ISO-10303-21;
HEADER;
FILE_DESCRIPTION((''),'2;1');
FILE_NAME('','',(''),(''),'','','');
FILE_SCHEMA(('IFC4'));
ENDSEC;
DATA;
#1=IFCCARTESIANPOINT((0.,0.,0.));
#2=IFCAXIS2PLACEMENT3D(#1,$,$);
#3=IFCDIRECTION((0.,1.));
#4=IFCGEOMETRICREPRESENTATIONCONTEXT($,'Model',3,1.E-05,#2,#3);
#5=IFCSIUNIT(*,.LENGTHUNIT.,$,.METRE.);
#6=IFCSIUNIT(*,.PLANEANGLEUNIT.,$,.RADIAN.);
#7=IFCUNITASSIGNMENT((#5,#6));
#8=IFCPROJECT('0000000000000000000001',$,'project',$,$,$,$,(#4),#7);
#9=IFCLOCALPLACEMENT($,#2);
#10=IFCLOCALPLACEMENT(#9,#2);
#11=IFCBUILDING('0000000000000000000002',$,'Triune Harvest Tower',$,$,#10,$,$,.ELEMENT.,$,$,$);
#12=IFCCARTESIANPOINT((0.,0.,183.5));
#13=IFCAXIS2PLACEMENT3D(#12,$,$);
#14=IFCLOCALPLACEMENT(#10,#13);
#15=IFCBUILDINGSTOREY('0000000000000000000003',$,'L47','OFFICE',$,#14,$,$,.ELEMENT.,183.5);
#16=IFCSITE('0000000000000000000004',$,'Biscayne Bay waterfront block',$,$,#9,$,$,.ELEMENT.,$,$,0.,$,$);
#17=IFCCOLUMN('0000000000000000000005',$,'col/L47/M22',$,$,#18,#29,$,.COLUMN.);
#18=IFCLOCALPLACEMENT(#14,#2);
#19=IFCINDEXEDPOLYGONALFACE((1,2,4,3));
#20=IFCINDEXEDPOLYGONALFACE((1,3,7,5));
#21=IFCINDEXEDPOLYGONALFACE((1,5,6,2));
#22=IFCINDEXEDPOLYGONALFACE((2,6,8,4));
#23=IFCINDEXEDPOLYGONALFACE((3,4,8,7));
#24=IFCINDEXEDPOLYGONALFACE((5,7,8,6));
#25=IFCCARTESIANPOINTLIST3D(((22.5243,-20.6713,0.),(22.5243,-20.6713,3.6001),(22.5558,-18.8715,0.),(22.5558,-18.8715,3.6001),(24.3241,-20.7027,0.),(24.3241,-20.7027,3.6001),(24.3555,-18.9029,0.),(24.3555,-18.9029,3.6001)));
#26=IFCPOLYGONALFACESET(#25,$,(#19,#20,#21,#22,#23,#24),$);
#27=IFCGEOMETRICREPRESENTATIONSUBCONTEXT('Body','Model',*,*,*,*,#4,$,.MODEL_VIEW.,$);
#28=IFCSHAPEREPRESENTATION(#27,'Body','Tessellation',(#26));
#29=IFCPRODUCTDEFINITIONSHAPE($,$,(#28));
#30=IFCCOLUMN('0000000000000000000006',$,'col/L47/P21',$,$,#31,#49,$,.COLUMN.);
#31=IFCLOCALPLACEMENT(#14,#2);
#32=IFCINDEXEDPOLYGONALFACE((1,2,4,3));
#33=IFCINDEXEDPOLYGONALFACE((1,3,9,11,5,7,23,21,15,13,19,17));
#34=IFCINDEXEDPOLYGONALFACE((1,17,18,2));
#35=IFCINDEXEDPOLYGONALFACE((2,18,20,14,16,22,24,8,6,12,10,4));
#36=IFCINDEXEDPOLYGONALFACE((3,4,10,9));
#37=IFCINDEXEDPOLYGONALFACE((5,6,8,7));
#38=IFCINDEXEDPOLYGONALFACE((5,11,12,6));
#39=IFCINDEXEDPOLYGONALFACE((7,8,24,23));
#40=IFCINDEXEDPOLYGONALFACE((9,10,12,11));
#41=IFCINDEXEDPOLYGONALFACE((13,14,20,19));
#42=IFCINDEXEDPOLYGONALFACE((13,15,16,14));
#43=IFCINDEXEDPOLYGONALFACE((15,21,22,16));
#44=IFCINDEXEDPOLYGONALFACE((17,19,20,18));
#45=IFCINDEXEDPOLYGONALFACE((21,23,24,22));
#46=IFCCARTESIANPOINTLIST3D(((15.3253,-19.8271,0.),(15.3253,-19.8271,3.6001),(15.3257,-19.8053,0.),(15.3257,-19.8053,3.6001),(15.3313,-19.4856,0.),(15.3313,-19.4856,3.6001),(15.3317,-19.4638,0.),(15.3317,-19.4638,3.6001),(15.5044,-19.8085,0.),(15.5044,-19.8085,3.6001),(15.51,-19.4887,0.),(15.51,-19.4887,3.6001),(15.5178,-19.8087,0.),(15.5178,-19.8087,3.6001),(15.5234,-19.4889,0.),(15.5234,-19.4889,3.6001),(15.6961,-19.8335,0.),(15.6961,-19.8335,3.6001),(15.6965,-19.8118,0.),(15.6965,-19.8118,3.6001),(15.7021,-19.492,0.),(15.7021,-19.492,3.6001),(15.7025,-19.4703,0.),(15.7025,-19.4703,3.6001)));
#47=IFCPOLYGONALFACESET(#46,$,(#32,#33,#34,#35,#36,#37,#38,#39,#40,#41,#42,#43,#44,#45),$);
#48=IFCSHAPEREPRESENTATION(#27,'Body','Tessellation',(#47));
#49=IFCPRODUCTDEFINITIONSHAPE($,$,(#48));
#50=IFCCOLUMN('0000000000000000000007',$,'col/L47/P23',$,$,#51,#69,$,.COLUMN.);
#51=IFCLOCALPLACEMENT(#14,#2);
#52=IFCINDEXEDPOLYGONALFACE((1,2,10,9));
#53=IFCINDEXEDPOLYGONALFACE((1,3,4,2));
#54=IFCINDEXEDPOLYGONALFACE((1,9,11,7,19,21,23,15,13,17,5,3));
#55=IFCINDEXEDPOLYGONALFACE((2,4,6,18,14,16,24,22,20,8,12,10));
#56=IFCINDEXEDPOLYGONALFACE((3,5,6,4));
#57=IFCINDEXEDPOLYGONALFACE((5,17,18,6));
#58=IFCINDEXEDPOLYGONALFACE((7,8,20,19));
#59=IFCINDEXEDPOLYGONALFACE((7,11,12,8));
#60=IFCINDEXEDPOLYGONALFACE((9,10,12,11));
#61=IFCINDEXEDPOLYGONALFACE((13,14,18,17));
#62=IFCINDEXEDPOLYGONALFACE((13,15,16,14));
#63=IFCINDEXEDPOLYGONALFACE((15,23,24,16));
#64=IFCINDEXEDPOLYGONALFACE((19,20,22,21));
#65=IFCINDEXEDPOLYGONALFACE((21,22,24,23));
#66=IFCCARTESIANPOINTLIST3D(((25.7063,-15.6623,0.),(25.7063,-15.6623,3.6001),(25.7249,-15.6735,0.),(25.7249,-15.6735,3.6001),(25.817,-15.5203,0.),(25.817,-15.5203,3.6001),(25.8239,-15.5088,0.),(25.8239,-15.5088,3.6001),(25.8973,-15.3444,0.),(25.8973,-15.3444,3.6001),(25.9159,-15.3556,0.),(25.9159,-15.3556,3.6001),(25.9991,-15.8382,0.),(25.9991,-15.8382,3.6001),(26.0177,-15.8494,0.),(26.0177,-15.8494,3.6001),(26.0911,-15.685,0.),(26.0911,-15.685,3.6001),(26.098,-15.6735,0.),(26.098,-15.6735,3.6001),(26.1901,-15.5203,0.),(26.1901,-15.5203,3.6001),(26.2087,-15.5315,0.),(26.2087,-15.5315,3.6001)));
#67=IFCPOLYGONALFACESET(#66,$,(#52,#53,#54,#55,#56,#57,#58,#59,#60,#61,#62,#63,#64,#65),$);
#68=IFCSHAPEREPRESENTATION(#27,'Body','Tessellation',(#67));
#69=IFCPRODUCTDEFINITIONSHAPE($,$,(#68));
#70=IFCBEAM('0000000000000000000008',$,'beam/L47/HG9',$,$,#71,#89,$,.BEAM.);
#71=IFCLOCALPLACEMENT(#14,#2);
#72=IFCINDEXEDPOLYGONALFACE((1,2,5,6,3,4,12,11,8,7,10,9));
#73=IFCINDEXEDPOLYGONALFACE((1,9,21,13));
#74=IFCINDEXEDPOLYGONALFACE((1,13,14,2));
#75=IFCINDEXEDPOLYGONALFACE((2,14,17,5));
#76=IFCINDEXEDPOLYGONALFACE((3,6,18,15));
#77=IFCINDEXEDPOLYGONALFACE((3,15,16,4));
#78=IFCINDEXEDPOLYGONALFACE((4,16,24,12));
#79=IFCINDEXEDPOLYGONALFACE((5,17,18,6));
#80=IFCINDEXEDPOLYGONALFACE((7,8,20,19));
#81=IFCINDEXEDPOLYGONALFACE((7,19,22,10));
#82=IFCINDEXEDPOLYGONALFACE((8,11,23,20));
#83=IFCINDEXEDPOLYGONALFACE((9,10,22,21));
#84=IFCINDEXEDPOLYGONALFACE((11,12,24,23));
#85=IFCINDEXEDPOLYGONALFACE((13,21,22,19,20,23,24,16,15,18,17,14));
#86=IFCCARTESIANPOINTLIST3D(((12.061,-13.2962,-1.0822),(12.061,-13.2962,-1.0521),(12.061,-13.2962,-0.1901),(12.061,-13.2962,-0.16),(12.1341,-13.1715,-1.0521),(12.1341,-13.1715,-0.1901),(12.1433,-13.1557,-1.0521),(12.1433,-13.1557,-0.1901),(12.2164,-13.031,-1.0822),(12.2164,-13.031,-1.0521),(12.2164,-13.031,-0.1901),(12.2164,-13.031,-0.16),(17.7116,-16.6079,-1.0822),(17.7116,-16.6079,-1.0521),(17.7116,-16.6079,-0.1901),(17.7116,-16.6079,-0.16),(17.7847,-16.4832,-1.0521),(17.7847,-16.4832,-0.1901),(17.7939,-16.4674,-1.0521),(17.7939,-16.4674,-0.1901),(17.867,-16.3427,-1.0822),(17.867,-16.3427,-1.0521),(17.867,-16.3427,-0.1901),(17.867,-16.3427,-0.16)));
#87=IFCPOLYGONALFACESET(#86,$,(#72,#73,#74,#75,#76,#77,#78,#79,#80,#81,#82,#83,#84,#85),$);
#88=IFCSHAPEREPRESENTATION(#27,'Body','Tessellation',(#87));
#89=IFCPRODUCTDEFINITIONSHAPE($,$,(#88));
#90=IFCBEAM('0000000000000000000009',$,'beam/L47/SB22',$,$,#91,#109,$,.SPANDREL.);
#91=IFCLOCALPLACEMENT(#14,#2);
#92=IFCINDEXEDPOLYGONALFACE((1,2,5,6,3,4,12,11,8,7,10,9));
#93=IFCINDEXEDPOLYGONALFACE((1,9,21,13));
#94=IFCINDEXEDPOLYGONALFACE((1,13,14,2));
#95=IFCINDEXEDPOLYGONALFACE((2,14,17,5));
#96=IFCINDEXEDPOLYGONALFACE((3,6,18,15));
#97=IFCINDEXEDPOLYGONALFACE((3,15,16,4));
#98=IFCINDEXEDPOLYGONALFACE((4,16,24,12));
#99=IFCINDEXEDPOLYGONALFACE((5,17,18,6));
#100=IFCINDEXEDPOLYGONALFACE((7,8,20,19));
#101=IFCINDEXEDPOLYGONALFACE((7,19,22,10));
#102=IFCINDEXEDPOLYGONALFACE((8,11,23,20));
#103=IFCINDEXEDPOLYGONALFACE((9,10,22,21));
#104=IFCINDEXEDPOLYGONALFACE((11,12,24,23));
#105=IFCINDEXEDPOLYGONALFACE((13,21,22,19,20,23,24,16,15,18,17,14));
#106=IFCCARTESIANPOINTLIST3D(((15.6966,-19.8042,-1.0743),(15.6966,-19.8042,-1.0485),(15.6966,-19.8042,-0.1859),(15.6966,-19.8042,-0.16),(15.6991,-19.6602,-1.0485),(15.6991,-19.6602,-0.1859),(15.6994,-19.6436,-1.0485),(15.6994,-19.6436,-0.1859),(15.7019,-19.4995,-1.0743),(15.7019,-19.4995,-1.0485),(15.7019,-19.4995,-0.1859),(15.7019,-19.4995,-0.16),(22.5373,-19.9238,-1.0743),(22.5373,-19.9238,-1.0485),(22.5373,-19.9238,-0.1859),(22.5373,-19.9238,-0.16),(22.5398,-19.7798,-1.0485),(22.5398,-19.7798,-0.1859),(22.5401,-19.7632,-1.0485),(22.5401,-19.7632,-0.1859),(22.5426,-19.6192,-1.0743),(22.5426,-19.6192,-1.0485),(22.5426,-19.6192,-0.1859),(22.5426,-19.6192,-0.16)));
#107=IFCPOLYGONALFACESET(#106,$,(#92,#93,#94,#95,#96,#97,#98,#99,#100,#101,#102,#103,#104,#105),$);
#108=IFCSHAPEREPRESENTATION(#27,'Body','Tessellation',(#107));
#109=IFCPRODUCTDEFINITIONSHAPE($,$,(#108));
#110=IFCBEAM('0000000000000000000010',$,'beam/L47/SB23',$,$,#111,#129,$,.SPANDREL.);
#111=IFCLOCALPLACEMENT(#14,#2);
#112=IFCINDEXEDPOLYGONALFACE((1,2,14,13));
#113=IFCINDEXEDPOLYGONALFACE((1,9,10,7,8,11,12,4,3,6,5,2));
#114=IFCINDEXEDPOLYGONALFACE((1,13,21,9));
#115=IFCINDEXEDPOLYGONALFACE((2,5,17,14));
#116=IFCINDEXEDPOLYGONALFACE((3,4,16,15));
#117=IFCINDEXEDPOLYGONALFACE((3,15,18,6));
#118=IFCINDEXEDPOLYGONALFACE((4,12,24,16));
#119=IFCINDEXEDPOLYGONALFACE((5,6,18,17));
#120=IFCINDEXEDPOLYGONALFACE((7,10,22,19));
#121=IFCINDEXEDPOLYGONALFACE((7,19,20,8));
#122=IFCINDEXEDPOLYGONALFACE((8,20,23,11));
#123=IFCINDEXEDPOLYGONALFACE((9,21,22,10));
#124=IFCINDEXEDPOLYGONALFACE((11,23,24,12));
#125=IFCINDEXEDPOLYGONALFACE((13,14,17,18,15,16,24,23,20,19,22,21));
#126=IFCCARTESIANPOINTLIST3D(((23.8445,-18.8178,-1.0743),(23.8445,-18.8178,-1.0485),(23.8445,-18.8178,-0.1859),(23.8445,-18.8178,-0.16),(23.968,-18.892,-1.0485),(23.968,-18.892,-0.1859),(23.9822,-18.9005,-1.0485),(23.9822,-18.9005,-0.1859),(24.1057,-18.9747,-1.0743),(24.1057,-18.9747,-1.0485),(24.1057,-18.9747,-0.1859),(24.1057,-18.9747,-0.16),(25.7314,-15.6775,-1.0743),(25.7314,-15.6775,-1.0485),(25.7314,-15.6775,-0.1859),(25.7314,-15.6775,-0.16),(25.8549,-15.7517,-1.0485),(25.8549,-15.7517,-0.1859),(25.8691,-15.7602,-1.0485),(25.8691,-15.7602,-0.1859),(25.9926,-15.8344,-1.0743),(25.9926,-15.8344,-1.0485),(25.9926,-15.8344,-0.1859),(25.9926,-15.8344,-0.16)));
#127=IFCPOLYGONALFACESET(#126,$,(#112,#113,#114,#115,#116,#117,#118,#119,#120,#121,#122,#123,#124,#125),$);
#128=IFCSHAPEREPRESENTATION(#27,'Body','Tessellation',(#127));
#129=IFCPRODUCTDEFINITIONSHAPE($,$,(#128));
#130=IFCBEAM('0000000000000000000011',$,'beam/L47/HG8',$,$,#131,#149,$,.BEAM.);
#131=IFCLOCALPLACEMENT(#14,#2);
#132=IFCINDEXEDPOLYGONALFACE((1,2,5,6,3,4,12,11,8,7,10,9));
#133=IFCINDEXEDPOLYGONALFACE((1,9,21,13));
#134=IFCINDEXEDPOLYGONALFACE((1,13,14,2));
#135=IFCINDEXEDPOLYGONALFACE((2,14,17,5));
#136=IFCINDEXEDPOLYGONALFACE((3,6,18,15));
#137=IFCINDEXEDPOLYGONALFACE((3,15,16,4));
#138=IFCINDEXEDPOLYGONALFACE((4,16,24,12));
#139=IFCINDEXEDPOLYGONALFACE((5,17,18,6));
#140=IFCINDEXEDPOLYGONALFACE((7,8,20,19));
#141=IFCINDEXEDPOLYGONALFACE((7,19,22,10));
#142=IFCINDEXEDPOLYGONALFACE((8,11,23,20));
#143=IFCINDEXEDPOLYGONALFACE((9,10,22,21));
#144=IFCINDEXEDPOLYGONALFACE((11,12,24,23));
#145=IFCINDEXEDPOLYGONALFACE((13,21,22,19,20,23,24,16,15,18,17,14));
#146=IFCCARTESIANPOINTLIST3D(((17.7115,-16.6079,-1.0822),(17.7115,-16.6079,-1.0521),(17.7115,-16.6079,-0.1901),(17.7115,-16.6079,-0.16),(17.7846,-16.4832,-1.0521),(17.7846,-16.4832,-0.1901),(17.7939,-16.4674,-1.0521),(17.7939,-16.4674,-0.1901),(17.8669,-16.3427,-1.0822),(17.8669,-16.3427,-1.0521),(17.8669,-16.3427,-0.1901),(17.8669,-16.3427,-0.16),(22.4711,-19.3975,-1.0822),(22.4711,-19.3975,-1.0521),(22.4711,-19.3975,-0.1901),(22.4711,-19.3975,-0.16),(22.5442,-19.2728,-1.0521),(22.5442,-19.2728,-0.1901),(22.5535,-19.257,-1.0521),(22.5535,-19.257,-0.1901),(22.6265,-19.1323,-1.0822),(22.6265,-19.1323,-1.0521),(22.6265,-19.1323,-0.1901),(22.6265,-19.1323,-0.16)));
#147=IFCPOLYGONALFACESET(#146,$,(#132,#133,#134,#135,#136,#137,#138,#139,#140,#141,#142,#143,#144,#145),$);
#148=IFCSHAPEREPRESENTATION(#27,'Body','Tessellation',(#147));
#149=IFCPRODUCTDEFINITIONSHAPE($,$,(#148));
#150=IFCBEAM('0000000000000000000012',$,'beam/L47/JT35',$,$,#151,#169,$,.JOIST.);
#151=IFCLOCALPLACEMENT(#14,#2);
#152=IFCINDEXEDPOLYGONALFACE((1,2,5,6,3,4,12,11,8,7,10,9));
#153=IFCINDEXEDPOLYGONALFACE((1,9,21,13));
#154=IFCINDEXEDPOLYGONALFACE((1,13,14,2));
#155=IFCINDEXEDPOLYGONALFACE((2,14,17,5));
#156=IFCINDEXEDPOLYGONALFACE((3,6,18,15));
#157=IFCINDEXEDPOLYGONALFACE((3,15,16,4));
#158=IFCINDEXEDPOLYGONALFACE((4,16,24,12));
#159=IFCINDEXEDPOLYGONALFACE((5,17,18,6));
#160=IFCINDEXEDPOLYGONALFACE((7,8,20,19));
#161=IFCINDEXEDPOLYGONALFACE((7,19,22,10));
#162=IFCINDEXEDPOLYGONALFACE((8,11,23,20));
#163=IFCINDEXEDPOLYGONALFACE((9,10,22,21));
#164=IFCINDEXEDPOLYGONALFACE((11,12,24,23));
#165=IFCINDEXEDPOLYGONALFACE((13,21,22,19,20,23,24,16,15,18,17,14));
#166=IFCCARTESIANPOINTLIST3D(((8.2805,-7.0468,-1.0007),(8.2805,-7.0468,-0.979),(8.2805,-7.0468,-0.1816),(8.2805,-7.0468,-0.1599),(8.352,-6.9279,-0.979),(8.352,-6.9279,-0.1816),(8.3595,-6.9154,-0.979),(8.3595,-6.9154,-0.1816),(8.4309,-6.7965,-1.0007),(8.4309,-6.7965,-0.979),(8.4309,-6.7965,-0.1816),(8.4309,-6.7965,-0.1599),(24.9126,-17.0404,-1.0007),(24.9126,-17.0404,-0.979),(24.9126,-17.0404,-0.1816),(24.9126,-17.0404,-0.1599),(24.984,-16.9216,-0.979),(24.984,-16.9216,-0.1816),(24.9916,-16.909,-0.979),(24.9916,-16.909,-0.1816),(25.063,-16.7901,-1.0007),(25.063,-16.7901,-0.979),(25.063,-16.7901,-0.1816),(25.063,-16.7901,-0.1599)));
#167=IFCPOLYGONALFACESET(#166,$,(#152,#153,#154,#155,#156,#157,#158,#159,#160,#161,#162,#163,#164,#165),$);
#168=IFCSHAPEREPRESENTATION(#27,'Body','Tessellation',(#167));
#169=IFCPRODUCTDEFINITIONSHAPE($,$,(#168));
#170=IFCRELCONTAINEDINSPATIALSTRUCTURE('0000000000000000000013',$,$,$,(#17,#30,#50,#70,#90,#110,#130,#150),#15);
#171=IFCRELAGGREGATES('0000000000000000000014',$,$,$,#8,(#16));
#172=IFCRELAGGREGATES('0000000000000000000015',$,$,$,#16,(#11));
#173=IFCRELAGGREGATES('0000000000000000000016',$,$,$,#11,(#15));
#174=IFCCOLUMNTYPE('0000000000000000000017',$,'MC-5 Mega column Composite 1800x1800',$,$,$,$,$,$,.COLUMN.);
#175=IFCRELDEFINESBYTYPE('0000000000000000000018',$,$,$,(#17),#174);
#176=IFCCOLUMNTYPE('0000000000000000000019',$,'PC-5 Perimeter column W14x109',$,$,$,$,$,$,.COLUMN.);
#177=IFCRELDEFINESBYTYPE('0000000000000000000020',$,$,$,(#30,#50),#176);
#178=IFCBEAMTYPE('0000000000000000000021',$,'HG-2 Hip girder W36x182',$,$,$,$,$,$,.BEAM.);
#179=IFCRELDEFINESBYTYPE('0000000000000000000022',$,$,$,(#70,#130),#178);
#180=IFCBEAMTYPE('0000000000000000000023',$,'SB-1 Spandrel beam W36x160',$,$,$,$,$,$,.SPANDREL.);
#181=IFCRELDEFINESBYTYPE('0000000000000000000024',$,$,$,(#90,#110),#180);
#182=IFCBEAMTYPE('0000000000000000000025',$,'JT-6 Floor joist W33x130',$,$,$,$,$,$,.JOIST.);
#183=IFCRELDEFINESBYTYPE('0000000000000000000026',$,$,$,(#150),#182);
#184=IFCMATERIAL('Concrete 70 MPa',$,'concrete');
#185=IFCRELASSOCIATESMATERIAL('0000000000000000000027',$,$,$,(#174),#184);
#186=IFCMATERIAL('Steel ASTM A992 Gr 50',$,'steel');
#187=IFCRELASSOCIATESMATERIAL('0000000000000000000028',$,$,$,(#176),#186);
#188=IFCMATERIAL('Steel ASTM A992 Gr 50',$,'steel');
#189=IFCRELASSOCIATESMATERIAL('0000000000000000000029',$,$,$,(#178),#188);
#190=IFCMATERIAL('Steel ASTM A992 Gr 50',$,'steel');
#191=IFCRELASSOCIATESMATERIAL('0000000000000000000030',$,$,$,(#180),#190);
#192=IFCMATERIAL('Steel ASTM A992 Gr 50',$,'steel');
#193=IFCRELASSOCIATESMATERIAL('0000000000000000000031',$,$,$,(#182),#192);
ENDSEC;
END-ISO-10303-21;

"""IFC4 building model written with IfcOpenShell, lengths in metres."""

from ifc_helpers import new_model, si_unit, direction, frame, origin, origin_2d, place, context, subcontext, project, spatial, rectangle, i_section, extrude, source, transform, mapped, material, material_profile, profile_set, type_object, element, save


model = new_model("IFC4")

# Units and contexts
model_context = context("Model", 3, precision=1e-05, world=origin(), true_north=direction((0.0, 1.0)))
body_context = subcontext(model_context, "Body", "Model", "MODEL_VIEW")
ifc_project = project(units=[si_unit("LENGTHUNIT", "METRE"), si_unit("PLANEANGLEUNIT", "RADIAN")], contexts=[model_context])

# Site, building, storey
site_placement = place(None, origin())
site = spatial("IfcSite", under=ifc_project, at=site_placement, Name="Biscayne Bay waterfront block", CompositionType="ELEMENT", RefElevation=0.0)
building_placement = place(site_placement, origin())
building = spatial("IfcBuilding", under=site, at=building_placement, Name="Triune Harvest Tower", CompositionType="ELEMENT")
storey_placement = place(building_placement, frame((0.0, 0.0, 183.5)))
storey = spatial("IfcBuildingStorey", under=building, at=storey_placement, Name="L47", Description="OFFICE", CompositionType="ELEMENT", Elevation=183.5)

# Columns
ifc_material_1 = material(Name="Concrete 70 MPa", Category="concrete")
ifc_material_profile_1 = material_profile(ifc_material_1, rectangle(XDim=1.8, YDim=1.8, at=origin_2d()), Name="Composite 1800x1800")
ifc_profile_set_1 = profile_set([ifc_material_profile_1], Name="Concrete 70 MPa")
column_type_1 = type_object("IfcColumnType", Name="MC-5 Mega column Composite 1800x1800", PredefinedType="COLUMN", material=ifc_profile_set_1)
shared_shape_1 = source(origin(), body_context, "Body", "SweptSolid", [
    extrude(rectangle(XDim=1.8, YDim=1.8, at=origin_2d()), origin(), (0.0, 0.0, 1.0), 3.6001),
])
column_placement = place(storey_placement, frame((23.4399, -19.7871, 0.0), z_axis=(0.0, 0.0, 1.0), x_axis=(0.999848, -0.017452, 0.0)))
element("IfcColumn", 1, at=column_placement, inside=storey, type_object=column_type_1, Name="col/L47/M22", PredefinedType="COLUMN", context=body_context, shape_type="MappedRepresentation", body=[
    mapped(shared_shape_1, transform((0.0, 0.0, 0.0), scale=1.0)),
])
ifc_material_2 = material(Name="Steel ASTM A992 Gr 50", Category="steel")
ifc_material_profile_2 = material_profile(ifc_material_2, i_section(OverallWidth=0.3708, OverallDepth=0.3633, WebThickness=0.0134, FlangeThickness=0.0217, at=origin_2d()), Name="W14x109")
ifc_profile_set_2 = profile_set([ifc_material_profile_2], Name="Steel ASTM A992 Gr 50")
column_type_2 = type_object("IfcColumnType", Name="PC-5 Perimeter column W14x109", PredefinedType="COLUMN", material=ifc_profile_set_2)
shared_shape_2 = source(origin(), body_context, "Body", "SweptSolid", [
    extrude(i_section(OverallWidth=0.3708, OverallDepth=0.3633, WebThickness=0.0134, FlangeThickness=0.0217, at=origin_2d()), origin(), (0.0, 0.0, 1.0), 3.6001),
])
for number, where, z_axis, x_axis, name in (
    (2, (15.5139, -19.6487, 0.0), (0.0, 0.0, 1.0), (0.999848, -0.017452, 0.0), "col/L47/P21"),
    (3, (25.9575, -15.5969, 0.0), (0.0, 0.0, 1.0), (0.51504, 0.857166, 0.0), "col/L47/P23"),
):
    element("IfcColumn", number, at=place(storey_placement, frame(where, z_axis=z_axis, x_axis=x_axis)), inside=storey, type_object=column_type_2, Name=name, PredefinedType="COLUMN", context=body_context, shape_type="MappedRepresentation", body=[
        mapped(shared_shape_2, transform((0.0, 0.0, 0.0), scale=1.0)),
    ])

# Beams
ifc_material_3 = material(Name="Steel ASTM A992 Gr 50", Category="steel")
ifc_material_profile_3 = material_profile(ifc_material_3, i_section(OverallWidth=0.3074, OverallDepth=0.9221, WebThickness=0.0183, FlangeThickness=0.03, at=origin_2d()), Name="W36x182")
ifc_profile_set_3 = profile_set([ifc_material_profile_3], Name="Steel ASTM A992 Gr 50")
beam_type_1 = type_object("IfcBeamType", Name="HG-2 Hip girder W36x182", PredefinedType="BEAM", material=ifc_profile_set_3)
shared_shape_3 = source(origin(), body_context, "Body", "SweptSolid", [
    extrude(i_section(OverallWidth=0.3074, OverallDepth=0.9221, WebThickness=0.0183, FlangeThickness=0.03, at=origin_2d()), origin(), (0.0, 0.0, 1.0), 6.5496),
])
beam_1_placement = place(storey_placement, frame((17.7893, -16.4753, -0.6211), z_axis=(-0.862743, 0.505643, 0.0), x_axis=(-0.505643, -0.862743, 0.0)))
element("IfcBeam", 4, at=beam_1_placement, inside=storey, type_object=beam_type_1, Name="beam/L47/HG9", PredefinedType="BEAM", context=body_context, shape_type="MappedRepresentation", body=[
    mapped(shared_shape_3, transform((0.0, 0.0, 0.0), scale=1.0)),
])
ifc_material_4 = material(Name="Steel ASTM A992 Gr 50", Category="steel")
ifc_material_profile_4 = material_profile(ifc_material_4, i_section(OverallWidth=0.3047, OverallDepth=0.9143, WebThickness=0.0166, FlangeThickness=0.0259, at=origin_2d()), Name="W36x160")
ifc_profile_set_4 = profile_set([ifc_material_profile_4], Name="Steel ASTM A992 Gr 50")
beam_type_2 = type_object("IfcBeamType", Name="SB-1 Spandrel beam W36x160", PredefinedType="SPANDREL", material=ifc_profile_set_4)
shared_shape_4 = source(origin(), body_context, "Body", "SweptSolid", [
    extrude(i_section(OverallWidth=0.3047, OverallDepth=0.9143, WebThickness=0.0166, FlangeThickness=0.0259, at=origin_2d()), origin(), (0.0, 0.0, 1.0), 6.8418),
])
beam_2_placement = place(storey_placement, frame((15.6992, -19.6519, -0.6172), z_axis=(0.999847, -0.017485, 0.0), x_axis=(0.017485, 0.999847, 0.0)))
element("IfcBeam", 5, at=beam_2_placement, inside=storey, type_object=beam_type_2, Name="beam/L47/SB22", PredefinedType="SPANDREL", context=body_context, shape_type="MappedRepresentation", body=[
    mapped(shared_shape_4, transform((0.0, 0.0, 0.0), scale=1.0)),
])
shared_shape_5 = source(origin(), body_context, "Body", "SweptSolid", [
    extrude(i_section(OverallWidth=0.3047, OverallDepth=0.9143, WebThickness=0.0166, FlangeThickness=0.0259, at=origin_2d()), origin(), (0.0, 0.0, 1.0), 3.6636),
])
beam_3_placement = place(storey_placement, frame((23.9751, -18.8962, -0.6172), z_axis=(0.515044, 0.857163, 0.0), x_axis=(-0.857163, 0.515044, 0.0)))
element("IfcBeam", 6, at=beam_3_placement, inside=storey, type_object=beam_type_2, Name="beam/L47/SB23", PredefinedType="SPANDREL", context=body_context, shape_type="MappedRepresentation", body=[
    mapped(shared_shape_5, transform((0.0, 0.0, 0.0), scale=1.0)),
])
shared_shape_6 = source(origin(), body_context, "Body", "SweptSolid", [
    extrude(i_section(OverallWidth=0.3074, OverallDepth=0.9221, WebThickness=0.0183, FlangeThickness=0.03, at=origin_2d()), origin(), (0.0, 0.0, 1.0), 5.5168),
])
beam_4_placement = place(storey_placement, frame((22.5488, -19.2649, -0.6211), z_axis=(-0.862739, 0.50565, 0.0), x_axis=(-0.50565, -0.862739, 0.0)))
element("IfcBeam", 7, at=beam_4_placement, inside=storey, type_object=beam_type_1, Name="beam/L47/HG8", PredefinedType="BEAM", context=body_context, shape_type="MappedRepresentation", body=[
    mapped(shared_shape_6, transform((0.0, 0.0, 0.0), scale=1.0)),
])
ifc_material_5 = material(Name="Steel ASTM A992 Gr 50", Category="steel")
ifc_material_profile_5 = material_profile(ifc_material_5, i_section(OverallWidth=0.292, OverallDepth=0.8408, WebThickness=0.0146, FlangeThickness=0.0217, at=origin_2d()), Name="W33x130")
ifc_profile_set_5 = profile_set([ifc_material_profile_5], Name="Steel ASTM A992 Gr 50")
beam_type_3 = type_object("IfcBeamType", Name="JT-6 Floor joist W33x130", PredefinedType="JOIST", material=ifc_profile_set_5)
shared_shape_7 = source(origin(), body_context, "Body", "SweptSolid", [
    extrude(i_section(OverallWidth=0.292, OverallDepth=0.8408, WebThickness=0.0146, FlangeThickness=0.0217, at=origin_2d()), origin(), (0.0, 0.0, 1.0), 19.4036),
])
beam_5_placement = place(storey_placement, frame((24.9878, -16.9153, -0.5803), z_axis=(-0.857165, 0.515041, 0.0), x_axis=(-0.515041, -0.857165, 0.0)))
element("IfcBeam", 8, at=beam_5_placement, inside=storey, type_object=beam_type_3, Name="beam/L47/JT35", PredefinedType="JOIST", context=body_context, shape_type="MappedRepresentation", body=[
    mapped(shared_shape_7, transform((0.0, 0.0, 0.0), scale=1.0)),
])

save(model, "model.ifc")
